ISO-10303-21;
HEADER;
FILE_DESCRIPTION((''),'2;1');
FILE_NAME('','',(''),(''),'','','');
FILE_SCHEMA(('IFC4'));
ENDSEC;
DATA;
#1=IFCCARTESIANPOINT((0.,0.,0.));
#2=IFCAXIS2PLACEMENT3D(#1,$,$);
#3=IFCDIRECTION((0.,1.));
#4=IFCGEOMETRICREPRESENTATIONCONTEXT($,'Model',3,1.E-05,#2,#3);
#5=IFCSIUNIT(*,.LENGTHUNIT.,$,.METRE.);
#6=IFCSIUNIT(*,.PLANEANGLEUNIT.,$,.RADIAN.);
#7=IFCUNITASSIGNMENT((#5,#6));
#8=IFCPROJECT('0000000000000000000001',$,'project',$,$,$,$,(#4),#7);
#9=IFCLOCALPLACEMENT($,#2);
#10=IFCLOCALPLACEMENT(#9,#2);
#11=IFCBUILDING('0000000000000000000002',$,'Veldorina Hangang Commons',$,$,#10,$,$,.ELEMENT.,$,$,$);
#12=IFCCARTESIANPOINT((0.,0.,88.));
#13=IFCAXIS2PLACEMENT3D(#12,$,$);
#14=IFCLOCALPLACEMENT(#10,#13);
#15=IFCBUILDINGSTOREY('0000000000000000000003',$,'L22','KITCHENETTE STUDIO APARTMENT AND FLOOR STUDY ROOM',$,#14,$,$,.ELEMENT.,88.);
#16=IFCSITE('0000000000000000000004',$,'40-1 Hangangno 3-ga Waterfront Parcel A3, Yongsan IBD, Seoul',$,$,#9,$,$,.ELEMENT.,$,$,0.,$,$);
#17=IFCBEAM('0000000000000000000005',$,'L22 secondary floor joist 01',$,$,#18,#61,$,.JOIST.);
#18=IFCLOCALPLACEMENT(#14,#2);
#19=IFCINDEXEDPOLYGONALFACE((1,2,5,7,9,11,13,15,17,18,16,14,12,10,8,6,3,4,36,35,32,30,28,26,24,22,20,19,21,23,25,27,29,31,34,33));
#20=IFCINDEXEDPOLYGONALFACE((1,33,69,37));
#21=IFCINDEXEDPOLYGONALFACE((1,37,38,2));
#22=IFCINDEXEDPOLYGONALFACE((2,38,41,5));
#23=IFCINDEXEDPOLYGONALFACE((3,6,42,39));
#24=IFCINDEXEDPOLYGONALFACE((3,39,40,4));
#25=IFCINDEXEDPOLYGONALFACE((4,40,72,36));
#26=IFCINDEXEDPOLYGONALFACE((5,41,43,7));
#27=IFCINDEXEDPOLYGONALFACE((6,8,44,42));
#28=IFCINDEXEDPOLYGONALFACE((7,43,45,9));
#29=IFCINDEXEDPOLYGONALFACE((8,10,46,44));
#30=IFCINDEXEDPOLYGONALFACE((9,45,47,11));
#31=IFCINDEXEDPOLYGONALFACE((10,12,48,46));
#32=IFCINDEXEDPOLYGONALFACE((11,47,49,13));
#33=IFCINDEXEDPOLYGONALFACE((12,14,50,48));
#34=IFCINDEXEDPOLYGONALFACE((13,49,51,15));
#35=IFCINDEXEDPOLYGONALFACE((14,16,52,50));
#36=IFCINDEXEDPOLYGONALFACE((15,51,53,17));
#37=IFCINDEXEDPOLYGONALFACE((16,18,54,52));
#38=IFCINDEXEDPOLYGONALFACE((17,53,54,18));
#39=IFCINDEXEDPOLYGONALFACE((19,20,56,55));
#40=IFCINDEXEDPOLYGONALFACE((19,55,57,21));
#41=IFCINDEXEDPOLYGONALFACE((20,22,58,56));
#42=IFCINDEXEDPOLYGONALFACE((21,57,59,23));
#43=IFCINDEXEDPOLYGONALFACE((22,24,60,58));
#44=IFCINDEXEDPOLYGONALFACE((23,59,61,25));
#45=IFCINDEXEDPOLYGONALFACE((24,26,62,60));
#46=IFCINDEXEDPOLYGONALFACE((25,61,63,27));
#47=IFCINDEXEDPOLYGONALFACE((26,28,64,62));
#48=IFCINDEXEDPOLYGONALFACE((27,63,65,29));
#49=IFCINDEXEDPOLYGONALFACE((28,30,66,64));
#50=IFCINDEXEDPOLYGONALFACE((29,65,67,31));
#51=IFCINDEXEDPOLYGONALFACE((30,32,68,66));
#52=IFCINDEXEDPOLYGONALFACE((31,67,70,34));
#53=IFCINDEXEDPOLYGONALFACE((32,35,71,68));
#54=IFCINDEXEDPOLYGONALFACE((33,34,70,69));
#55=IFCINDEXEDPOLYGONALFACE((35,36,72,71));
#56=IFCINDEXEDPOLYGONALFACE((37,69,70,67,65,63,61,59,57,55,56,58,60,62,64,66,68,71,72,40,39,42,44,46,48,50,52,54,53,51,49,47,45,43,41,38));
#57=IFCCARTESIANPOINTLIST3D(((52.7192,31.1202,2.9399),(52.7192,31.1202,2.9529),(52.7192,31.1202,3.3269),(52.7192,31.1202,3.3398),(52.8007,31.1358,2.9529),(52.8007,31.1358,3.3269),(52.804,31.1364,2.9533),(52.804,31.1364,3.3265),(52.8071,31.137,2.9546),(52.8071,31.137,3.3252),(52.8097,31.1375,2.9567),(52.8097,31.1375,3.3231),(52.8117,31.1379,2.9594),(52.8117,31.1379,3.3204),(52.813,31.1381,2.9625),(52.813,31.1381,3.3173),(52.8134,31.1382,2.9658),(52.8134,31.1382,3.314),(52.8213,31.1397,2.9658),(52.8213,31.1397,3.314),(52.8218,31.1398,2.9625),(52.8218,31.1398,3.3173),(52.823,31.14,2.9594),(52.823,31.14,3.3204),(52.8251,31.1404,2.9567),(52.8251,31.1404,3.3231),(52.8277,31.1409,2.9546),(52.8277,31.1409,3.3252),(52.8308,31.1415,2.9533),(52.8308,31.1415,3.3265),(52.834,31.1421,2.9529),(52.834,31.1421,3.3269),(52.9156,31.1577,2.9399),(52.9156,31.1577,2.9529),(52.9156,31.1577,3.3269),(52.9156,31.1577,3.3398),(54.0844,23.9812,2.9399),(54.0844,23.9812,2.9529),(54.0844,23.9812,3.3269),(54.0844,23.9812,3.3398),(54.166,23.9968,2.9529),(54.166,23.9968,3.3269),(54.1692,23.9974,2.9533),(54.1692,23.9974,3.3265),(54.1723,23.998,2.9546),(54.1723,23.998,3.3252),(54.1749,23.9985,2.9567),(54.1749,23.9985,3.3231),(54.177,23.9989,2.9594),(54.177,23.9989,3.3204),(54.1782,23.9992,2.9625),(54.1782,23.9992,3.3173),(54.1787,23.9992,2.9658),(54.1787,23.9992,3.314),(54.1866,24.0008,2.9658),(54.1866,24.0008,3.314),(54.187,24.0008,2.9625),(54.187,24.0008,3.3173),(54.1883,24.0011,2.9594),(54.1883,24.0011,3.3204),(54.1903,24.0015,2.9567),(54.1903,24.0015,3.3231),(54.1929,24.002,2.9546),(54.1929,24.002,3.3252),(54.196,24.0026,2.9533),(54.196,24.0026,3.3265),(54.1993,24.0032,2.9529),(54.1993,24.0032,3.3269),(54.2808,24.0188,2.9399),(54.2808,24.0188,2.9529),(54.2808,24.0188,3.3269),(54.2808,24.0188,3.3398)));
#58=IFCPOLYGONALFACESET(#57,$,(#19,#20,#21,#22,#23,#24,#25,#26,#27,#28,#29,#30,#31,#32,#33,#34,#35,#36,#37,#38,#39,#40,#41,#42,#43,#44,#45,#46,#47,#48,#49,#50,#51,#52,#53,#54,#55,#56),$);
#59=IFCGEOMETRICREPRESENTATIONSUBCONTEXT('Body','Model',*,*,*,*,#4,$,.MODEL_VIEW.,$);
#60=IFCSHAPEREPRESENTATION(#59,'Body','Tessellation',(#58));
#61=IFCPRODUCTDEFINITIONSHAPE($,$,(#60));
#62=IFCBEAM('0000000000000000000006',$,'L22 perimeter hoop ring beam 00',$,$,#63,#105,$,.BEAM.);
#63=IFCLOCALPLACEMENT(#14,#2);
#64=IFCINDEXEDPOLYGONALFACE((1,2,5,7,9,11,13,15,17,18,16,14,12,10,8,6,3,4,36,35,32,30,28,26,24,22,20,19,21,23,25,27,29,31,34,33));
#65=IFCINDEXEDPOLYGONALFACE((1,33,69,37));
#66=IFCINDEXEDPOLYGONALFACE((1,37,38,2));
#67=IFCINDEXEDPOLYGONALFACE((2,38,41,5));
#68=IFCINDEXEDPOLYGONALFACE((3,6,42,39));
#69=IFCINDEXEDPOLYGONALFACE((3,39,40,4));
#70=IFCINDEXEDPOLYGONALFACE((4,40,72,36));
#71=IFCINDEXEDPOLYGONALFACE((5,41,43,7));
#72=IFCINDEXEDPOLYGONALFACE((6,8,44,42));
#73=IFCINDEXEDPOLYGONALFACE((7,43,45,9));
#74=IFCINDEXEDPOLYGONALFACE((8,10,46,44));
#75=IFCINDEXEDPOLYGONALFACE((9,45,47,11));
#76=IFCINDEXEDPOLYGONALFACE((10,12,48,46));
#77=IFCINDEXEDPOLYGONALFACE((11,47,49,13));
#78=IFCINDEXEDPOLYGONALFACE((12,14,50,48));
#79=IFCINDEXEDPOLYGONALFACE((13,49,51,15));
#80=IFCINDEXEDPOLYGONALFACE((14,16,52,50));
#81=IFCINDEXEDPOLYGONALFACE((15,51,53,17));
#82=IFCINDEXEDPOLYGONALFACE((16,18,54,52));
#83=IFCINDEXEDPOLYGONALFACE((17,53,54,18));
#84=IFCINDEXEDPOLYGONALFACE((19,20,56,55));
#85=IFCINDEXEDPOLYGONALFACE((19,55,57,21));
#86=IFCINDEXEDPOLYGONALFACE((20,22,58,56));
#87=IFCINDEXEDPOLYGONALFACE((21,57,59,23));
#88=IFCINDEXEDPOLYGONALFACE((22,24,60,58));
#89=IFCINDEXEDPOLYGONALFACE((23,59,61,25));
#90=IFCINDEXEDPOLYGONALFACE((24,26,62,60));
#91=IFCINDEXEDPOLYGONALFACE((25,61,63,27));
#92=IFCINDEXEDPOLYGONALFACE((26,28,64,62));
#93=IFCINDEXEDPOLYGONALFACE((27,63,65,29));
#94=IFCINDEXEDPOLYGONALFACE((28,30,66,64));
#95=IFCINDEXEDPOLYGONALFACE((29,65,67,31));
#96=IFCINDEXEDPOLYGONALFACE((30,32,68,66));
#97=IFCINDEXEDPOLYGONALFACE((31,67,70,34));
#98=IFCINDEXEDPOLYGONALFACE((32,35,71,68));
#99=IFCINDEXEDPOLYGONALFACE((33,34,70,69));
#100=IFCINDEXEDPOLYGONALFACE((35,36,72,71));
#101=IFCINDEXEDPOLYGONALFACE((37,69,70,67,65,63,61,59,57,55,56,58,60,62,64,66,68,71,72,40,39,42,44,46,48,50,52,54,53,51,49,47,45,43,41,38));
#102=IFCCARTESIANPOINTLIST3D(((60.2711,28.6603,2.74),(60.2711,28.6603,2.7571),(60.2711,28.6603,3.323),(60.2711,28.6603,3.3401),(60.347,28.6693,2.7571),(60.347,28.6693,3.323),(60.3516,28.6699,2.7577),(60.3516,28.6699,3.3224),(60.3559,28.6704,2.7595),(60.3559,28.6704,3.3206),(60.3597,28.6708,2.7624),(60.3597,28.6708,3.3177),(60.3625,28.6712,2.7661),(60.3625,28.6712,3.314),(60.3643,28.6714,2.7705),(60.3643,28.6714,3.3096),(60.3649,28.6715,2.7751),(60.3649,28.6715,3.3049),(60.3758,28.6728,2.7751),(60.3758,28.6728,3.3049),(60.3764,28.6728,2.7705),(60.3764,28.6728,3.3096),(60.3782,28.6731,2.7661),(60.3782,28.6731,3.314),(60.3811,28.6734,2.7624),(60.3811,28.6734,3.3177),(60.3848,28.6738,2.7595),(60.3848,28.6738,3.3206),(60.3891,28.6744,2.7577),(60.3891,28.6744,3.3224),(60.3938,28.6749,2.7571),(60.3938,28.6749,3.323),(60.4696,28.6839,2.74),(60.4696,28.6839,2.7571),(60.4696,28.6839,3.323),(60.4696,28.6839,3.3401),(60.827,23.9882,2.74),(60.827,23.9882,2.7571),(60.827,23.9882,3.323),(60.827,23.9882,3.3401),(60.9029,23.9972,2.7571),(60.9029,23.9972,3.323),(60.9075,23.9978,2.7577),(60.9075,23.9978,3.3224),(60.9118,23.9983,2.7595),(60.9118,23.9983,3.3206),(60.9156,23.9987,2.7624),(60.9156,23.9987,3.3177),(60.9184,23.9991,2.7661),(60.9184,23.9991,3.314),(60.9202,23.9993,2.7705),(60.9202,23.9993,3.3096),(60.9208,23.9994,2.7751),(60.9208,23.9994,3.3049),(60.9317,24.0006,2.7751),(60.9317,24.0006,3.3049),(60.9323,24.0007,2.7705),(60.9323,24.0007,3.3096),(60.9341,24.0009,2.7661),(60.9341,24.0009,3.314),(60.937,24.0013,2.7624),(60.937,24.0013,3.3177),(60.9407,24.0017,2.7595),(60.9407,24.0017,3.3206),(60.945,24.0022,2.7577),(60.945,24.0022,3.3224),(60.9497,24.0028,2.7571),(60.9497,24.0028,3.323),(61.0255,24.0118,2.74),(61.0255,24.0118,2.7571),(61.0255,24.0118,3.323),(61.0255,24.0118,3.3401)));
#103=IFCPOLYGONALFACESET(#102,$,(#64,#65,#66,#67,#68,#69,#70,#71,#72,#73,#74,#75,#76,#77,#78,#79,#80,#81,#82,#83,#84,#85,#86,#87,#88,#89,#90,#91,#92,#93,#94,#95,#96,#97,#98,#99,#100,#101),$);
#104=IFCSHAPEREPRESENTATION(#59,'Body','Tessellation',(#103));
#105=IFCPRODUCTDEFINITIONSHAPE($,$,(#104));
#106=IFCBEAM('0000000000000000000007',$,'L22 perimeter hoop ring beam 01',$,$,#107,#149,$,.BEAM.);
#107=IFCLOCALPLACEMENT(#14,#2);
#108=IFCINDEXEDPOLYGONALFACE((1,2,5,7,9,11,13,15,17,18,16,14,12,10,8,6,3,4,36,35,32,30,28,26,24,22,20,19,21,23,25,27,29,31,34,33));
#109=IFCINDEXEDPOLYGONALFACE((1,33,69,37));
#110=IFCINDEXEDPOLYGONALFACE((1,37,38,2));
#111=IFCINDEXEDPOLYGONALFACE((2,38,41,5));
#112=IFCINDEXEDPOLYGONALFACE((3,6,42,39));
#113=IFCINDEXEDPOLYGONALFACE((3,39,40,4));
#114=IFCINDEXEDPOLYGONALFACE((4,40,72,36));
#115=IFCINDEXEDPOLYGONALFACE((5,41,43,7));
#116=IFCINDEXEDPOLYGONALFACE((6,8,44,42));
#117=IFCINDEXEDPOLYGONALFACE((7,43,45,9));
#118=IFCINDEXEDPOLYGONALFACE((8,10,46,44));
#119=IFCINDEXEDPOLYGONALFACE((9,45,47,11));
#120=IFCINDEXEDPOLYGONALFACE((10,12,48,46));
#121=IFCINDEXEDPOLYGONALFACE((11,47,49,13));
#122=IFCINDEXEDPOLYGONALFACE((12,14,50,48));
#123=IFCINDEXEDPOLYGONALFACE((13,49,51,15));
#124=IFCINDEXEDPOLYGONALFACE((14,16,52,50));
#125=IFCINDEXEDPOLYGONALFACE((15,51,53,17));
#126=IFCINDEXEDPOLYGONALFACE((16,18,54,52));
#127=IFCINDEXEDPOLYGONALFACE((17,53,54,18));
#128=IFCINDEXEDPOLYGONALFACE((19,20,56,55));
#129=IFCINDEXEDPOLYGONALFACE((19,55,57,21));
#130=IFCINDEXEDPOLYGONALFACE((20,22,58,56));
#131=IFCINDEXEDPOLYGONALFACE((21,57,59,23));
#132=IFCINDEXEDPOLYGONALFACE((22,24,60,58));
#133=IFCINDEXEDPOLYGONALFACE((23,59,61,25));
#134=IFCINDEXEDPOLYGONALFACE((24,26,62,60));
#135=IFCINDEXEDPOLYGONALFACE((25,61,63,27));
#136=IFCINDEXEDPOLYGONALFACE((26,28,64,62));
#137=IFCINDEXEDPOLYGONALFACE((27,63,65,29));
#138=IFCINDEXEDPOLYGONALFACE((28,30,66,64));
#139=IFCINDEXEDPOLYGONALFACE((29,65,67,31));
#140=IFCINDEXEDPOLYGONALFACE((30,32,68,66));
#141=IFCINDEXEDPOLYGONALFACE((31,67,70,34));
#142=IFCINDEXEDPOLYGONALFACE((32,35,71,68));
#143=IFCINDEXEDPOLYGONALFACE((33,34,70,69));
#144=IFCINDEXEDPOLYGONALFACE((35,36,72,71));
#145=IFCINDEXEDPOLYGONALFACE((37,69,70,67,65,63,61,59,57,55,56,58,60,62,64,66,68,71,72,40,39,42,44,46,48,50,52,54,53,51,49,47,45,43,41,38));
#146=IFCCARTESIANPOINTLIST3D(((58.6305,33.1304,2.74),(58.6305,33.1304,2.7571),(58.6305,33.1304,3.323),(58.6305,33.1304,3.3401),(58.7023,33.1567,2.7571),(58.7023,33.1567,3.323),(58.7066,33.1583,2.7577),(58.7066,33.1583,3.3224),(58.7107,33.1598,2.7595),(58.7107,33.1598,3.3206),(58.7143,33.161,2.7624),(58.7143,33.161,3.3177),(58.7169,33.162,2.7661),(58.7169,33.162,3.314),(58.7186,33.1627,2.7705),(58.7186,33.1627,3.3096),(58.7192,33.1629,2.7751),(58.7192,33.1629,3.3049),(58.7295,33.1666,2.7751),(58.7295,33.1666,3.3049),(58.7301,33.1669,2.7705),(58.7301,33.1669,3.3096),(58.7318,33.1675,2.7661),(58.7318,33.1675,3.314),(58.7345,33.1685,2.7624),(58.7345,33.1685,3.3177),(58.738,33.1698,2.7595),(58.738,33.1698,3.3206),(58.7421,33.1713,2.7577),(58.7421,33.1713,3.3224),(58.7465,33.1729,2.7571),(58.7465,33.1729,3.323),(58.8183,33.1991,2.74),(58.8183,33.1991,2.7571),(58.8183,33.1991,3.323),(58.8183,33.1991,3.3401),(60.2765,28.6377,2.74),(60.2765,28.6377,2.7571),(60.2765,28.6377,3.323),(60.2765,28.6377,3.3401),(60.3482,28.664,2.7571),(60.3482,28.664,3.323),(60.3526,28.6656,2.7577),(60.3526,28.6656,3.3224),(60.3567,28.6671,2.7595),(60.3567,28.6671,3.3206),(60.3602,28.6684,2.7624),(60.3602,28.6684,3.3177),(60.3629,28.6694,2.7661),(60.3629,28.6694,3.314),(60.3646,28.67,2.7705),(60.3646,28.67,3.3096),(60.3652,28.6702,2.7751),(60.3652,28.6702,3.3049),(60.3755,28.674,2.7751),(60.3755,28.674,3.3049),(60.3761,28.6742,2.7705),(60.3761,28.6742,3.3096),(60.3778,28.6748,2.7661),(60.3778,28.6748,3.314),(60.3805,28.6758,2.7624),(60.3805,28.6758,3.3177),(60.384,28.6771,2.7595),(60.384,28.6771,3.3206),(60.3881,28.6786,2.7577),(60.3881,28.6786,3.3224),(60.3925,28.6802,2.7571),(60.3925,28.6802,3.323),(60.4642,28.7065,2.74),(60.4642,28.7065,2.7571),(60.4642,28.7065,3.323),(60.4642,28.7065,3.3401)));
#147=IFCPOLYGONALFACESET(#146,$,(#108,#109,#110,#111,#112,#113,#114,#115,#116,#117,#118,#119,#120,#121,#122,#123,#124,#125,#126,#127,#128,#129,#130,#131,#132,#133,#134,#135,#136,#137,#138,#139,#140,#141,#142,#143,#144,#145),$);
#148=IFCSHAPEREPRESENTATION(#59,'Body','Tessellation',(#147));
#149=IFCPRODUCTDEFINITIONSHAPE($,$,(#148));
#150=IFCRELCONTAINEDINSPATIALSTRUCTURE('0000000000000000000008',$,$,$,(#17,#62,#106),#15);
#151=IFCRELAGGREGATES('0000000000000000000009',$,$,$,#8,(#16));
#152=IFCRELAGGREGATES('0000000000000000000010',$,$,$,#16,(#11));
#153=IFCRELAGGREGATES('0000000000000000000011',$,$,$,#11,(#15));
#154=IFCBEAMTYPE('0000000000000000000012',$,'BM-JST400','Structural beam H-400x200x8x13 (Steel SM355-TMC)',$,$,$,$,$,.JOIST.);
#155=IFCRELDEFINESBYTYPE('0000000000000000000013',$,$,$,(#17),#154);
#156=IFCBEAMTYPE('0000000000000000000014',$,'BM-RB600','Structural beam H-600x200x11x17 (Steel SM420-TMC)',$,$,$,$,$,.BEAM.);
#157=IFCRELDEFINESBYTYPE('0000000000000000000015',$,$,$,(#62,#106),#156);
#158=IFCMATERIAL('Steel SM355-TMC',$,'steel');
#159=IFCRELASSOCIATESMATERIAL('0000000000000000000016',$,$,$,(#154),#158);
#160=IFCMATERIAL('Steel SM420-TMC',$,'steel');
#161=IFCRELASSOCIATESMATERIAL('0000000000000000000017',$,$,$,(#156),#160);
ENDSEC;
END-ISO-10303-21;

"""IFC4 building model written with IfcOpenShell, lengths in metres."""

from ifc_helpers import new_model, si_unit, direction, frame, origin, origin_2d, place, context, subcontext, project, spatial, i_section, extrude, material, material_profile, profile_set, type_object, element, save


model = new_model("IFC4")

# Units and contexts
model_context = context("Model", 3, precision=1e-05, world=origin(), true_north=direction((0.0, 1.0)))
body_context = subcontext(model_context, "Body", "Model", "MODEL_VIEW")
ifc_project = project(units=[si_unit("LENGTHUNIT", "METRE"), si_unit("PLANEANGLEUNIT", "RADIAN")], contexts=[model_context])

# Site, building, storey
site_placement = place(None, origin())
site = spatial("IfcSite", under=ifc_project, at=site_placement, Name="40-1 Hangangno 3-ga Waterfront Parcel A3, Yongsan IBD, Seoul", CompositionType="ELEMENT", RefElevation=0.0)
building_placement = place(site_placement, origin())
building = spatial("IfcBuilding", under=site, at=building_placement, Name="Veldorina Hangang Commons", CompositionType="ELEMENT")
storey_placement = place(building_placement, frame((0.0, 0.0, 88.0)))
storey = spatial("IfcBuildingStorey", under=building, at=storey_placement, Name="L22", Description="KITCHENETTE STUDIO APARTMENT AND FLOOR STUDY ROOM", CompositionType="ELEMENT", Elevation=88.0)

# Beams
ifc_material_1 = material(Name="Steel SM355-TMC", Category="steel")
ifc_material_profile_1 = material_profile(ifc_material_1, i_section(OverallWidth=0.2, OverallDepth=0.3999, WebThickness=0.0081, FlangeThickness=0.0129, FilletRadius=0.0129, at=origin_2d()), Name="H-400x200x8x13")
ifc_profile_set_1 = profile_set([ifc_material_profile_1], Name="Steel SM355-TMC")
beam_type_1 = type_object("IfcBeamType", Name="BM-JST400", Description="Structural beam H-400x200x8x13 (Steel SM355-TMC)", PredefinedType="JOIST", material=ifc_profile_set_1)
beam_1_placement = place(storey_placement, frame((54.1826, 24.0, 3.1399), z_axis=(-0.187834, 0.982201, 0.0), x_axis=(-0.982201, -0.187834, 0.0)))
element("IfcBeam", 1, at=beam_1_placement, inside=storey, type_object=beam_type_1, Name="L22 secondary floor joist 01", PredefinedType="JOIST", context=body_context, shape_type="SweptSolid", body=[
    extrude(i_section(OverallWidth=0.2, OverallDepth=0.3999, WebThickness=0.0081, FlangeThickness=0.0129, FilletRadius=0.0129, at=origin_2d()), origin(), (0.0, 0.0, 1.0), 7.2683),
])
ifc_material_2 = material(Name="Steel SM420-TMC", Category="steel")
ifc_material_profile_2 = material_profile(ifc_material_2, i_section(OverallWidth=0.2, OverallDepth=0.6001, WebThickness=0.011, FlangeThickness=0.0171, FilletRadius=0.0181, at=origin_2d()), Name="H-600x200x11x17")
ifc_profile_set_2 = profile_set([ifc_material_profile_2], Name="Steel SM420-TMC")
beam_type_2 = type_object("IfcBeamType", Name="BM-RB600", Description="Structural beam H-600x200x11x17 (Steel SM420-TMC)", PredefinedType="BEAM", material=ifc_profile_set_2)
beam_2_placement = place(storey_placement, frame((60.9263, 24.0, 3.04), z_axis=(-0.118151, 0.992996, 0.0), x_axis=(-0.992996, -0.118151, 0.0)))
element("IfcBeam", 2, at=beam_2_placement, inside=storey, type_object=beam_type_2, Name="L22 perimeter hoop ring beam 00", PredefinedType="BEAM", context=body_context, shape_type="SweptSolid", body=[
    extrude(i_section(OverallWidth=0.2, OverallDepth=0.6001, WebThickness=0.011, FlangeThickness=0.0171, FilletRadius=0.0181, at=origin_2d()), origin(), (0.0, 0.0, 1.0), 4.7051),
])
beam_3_placement = place(storey_placement, frame((60.3704, 28.6721, 3.04), z_axis=(-0.344012, 0.938965, 0.0), x_axis=(-0.938965, -0.344012, 0.0)))
element("IfcBeam", 3, at=beam_3_placement, inside=storey, type_object=beam_type_2, Name="L22 perimeter hoop ring beam 01", PredefinedType="BEAM", context=body_context, shape_type="SweptSolid", body=[
    extrude(i_section(OverallWidth=0.2, OverallDepth=0.6001, WebThickness=0.011, FlangeThickness=0.0171, FilletRadius=0.0181, at=origin_2d()), origin(), (0.0, 0.0, 1.0), 4.7847),
])

save(model, "model.ifc")
